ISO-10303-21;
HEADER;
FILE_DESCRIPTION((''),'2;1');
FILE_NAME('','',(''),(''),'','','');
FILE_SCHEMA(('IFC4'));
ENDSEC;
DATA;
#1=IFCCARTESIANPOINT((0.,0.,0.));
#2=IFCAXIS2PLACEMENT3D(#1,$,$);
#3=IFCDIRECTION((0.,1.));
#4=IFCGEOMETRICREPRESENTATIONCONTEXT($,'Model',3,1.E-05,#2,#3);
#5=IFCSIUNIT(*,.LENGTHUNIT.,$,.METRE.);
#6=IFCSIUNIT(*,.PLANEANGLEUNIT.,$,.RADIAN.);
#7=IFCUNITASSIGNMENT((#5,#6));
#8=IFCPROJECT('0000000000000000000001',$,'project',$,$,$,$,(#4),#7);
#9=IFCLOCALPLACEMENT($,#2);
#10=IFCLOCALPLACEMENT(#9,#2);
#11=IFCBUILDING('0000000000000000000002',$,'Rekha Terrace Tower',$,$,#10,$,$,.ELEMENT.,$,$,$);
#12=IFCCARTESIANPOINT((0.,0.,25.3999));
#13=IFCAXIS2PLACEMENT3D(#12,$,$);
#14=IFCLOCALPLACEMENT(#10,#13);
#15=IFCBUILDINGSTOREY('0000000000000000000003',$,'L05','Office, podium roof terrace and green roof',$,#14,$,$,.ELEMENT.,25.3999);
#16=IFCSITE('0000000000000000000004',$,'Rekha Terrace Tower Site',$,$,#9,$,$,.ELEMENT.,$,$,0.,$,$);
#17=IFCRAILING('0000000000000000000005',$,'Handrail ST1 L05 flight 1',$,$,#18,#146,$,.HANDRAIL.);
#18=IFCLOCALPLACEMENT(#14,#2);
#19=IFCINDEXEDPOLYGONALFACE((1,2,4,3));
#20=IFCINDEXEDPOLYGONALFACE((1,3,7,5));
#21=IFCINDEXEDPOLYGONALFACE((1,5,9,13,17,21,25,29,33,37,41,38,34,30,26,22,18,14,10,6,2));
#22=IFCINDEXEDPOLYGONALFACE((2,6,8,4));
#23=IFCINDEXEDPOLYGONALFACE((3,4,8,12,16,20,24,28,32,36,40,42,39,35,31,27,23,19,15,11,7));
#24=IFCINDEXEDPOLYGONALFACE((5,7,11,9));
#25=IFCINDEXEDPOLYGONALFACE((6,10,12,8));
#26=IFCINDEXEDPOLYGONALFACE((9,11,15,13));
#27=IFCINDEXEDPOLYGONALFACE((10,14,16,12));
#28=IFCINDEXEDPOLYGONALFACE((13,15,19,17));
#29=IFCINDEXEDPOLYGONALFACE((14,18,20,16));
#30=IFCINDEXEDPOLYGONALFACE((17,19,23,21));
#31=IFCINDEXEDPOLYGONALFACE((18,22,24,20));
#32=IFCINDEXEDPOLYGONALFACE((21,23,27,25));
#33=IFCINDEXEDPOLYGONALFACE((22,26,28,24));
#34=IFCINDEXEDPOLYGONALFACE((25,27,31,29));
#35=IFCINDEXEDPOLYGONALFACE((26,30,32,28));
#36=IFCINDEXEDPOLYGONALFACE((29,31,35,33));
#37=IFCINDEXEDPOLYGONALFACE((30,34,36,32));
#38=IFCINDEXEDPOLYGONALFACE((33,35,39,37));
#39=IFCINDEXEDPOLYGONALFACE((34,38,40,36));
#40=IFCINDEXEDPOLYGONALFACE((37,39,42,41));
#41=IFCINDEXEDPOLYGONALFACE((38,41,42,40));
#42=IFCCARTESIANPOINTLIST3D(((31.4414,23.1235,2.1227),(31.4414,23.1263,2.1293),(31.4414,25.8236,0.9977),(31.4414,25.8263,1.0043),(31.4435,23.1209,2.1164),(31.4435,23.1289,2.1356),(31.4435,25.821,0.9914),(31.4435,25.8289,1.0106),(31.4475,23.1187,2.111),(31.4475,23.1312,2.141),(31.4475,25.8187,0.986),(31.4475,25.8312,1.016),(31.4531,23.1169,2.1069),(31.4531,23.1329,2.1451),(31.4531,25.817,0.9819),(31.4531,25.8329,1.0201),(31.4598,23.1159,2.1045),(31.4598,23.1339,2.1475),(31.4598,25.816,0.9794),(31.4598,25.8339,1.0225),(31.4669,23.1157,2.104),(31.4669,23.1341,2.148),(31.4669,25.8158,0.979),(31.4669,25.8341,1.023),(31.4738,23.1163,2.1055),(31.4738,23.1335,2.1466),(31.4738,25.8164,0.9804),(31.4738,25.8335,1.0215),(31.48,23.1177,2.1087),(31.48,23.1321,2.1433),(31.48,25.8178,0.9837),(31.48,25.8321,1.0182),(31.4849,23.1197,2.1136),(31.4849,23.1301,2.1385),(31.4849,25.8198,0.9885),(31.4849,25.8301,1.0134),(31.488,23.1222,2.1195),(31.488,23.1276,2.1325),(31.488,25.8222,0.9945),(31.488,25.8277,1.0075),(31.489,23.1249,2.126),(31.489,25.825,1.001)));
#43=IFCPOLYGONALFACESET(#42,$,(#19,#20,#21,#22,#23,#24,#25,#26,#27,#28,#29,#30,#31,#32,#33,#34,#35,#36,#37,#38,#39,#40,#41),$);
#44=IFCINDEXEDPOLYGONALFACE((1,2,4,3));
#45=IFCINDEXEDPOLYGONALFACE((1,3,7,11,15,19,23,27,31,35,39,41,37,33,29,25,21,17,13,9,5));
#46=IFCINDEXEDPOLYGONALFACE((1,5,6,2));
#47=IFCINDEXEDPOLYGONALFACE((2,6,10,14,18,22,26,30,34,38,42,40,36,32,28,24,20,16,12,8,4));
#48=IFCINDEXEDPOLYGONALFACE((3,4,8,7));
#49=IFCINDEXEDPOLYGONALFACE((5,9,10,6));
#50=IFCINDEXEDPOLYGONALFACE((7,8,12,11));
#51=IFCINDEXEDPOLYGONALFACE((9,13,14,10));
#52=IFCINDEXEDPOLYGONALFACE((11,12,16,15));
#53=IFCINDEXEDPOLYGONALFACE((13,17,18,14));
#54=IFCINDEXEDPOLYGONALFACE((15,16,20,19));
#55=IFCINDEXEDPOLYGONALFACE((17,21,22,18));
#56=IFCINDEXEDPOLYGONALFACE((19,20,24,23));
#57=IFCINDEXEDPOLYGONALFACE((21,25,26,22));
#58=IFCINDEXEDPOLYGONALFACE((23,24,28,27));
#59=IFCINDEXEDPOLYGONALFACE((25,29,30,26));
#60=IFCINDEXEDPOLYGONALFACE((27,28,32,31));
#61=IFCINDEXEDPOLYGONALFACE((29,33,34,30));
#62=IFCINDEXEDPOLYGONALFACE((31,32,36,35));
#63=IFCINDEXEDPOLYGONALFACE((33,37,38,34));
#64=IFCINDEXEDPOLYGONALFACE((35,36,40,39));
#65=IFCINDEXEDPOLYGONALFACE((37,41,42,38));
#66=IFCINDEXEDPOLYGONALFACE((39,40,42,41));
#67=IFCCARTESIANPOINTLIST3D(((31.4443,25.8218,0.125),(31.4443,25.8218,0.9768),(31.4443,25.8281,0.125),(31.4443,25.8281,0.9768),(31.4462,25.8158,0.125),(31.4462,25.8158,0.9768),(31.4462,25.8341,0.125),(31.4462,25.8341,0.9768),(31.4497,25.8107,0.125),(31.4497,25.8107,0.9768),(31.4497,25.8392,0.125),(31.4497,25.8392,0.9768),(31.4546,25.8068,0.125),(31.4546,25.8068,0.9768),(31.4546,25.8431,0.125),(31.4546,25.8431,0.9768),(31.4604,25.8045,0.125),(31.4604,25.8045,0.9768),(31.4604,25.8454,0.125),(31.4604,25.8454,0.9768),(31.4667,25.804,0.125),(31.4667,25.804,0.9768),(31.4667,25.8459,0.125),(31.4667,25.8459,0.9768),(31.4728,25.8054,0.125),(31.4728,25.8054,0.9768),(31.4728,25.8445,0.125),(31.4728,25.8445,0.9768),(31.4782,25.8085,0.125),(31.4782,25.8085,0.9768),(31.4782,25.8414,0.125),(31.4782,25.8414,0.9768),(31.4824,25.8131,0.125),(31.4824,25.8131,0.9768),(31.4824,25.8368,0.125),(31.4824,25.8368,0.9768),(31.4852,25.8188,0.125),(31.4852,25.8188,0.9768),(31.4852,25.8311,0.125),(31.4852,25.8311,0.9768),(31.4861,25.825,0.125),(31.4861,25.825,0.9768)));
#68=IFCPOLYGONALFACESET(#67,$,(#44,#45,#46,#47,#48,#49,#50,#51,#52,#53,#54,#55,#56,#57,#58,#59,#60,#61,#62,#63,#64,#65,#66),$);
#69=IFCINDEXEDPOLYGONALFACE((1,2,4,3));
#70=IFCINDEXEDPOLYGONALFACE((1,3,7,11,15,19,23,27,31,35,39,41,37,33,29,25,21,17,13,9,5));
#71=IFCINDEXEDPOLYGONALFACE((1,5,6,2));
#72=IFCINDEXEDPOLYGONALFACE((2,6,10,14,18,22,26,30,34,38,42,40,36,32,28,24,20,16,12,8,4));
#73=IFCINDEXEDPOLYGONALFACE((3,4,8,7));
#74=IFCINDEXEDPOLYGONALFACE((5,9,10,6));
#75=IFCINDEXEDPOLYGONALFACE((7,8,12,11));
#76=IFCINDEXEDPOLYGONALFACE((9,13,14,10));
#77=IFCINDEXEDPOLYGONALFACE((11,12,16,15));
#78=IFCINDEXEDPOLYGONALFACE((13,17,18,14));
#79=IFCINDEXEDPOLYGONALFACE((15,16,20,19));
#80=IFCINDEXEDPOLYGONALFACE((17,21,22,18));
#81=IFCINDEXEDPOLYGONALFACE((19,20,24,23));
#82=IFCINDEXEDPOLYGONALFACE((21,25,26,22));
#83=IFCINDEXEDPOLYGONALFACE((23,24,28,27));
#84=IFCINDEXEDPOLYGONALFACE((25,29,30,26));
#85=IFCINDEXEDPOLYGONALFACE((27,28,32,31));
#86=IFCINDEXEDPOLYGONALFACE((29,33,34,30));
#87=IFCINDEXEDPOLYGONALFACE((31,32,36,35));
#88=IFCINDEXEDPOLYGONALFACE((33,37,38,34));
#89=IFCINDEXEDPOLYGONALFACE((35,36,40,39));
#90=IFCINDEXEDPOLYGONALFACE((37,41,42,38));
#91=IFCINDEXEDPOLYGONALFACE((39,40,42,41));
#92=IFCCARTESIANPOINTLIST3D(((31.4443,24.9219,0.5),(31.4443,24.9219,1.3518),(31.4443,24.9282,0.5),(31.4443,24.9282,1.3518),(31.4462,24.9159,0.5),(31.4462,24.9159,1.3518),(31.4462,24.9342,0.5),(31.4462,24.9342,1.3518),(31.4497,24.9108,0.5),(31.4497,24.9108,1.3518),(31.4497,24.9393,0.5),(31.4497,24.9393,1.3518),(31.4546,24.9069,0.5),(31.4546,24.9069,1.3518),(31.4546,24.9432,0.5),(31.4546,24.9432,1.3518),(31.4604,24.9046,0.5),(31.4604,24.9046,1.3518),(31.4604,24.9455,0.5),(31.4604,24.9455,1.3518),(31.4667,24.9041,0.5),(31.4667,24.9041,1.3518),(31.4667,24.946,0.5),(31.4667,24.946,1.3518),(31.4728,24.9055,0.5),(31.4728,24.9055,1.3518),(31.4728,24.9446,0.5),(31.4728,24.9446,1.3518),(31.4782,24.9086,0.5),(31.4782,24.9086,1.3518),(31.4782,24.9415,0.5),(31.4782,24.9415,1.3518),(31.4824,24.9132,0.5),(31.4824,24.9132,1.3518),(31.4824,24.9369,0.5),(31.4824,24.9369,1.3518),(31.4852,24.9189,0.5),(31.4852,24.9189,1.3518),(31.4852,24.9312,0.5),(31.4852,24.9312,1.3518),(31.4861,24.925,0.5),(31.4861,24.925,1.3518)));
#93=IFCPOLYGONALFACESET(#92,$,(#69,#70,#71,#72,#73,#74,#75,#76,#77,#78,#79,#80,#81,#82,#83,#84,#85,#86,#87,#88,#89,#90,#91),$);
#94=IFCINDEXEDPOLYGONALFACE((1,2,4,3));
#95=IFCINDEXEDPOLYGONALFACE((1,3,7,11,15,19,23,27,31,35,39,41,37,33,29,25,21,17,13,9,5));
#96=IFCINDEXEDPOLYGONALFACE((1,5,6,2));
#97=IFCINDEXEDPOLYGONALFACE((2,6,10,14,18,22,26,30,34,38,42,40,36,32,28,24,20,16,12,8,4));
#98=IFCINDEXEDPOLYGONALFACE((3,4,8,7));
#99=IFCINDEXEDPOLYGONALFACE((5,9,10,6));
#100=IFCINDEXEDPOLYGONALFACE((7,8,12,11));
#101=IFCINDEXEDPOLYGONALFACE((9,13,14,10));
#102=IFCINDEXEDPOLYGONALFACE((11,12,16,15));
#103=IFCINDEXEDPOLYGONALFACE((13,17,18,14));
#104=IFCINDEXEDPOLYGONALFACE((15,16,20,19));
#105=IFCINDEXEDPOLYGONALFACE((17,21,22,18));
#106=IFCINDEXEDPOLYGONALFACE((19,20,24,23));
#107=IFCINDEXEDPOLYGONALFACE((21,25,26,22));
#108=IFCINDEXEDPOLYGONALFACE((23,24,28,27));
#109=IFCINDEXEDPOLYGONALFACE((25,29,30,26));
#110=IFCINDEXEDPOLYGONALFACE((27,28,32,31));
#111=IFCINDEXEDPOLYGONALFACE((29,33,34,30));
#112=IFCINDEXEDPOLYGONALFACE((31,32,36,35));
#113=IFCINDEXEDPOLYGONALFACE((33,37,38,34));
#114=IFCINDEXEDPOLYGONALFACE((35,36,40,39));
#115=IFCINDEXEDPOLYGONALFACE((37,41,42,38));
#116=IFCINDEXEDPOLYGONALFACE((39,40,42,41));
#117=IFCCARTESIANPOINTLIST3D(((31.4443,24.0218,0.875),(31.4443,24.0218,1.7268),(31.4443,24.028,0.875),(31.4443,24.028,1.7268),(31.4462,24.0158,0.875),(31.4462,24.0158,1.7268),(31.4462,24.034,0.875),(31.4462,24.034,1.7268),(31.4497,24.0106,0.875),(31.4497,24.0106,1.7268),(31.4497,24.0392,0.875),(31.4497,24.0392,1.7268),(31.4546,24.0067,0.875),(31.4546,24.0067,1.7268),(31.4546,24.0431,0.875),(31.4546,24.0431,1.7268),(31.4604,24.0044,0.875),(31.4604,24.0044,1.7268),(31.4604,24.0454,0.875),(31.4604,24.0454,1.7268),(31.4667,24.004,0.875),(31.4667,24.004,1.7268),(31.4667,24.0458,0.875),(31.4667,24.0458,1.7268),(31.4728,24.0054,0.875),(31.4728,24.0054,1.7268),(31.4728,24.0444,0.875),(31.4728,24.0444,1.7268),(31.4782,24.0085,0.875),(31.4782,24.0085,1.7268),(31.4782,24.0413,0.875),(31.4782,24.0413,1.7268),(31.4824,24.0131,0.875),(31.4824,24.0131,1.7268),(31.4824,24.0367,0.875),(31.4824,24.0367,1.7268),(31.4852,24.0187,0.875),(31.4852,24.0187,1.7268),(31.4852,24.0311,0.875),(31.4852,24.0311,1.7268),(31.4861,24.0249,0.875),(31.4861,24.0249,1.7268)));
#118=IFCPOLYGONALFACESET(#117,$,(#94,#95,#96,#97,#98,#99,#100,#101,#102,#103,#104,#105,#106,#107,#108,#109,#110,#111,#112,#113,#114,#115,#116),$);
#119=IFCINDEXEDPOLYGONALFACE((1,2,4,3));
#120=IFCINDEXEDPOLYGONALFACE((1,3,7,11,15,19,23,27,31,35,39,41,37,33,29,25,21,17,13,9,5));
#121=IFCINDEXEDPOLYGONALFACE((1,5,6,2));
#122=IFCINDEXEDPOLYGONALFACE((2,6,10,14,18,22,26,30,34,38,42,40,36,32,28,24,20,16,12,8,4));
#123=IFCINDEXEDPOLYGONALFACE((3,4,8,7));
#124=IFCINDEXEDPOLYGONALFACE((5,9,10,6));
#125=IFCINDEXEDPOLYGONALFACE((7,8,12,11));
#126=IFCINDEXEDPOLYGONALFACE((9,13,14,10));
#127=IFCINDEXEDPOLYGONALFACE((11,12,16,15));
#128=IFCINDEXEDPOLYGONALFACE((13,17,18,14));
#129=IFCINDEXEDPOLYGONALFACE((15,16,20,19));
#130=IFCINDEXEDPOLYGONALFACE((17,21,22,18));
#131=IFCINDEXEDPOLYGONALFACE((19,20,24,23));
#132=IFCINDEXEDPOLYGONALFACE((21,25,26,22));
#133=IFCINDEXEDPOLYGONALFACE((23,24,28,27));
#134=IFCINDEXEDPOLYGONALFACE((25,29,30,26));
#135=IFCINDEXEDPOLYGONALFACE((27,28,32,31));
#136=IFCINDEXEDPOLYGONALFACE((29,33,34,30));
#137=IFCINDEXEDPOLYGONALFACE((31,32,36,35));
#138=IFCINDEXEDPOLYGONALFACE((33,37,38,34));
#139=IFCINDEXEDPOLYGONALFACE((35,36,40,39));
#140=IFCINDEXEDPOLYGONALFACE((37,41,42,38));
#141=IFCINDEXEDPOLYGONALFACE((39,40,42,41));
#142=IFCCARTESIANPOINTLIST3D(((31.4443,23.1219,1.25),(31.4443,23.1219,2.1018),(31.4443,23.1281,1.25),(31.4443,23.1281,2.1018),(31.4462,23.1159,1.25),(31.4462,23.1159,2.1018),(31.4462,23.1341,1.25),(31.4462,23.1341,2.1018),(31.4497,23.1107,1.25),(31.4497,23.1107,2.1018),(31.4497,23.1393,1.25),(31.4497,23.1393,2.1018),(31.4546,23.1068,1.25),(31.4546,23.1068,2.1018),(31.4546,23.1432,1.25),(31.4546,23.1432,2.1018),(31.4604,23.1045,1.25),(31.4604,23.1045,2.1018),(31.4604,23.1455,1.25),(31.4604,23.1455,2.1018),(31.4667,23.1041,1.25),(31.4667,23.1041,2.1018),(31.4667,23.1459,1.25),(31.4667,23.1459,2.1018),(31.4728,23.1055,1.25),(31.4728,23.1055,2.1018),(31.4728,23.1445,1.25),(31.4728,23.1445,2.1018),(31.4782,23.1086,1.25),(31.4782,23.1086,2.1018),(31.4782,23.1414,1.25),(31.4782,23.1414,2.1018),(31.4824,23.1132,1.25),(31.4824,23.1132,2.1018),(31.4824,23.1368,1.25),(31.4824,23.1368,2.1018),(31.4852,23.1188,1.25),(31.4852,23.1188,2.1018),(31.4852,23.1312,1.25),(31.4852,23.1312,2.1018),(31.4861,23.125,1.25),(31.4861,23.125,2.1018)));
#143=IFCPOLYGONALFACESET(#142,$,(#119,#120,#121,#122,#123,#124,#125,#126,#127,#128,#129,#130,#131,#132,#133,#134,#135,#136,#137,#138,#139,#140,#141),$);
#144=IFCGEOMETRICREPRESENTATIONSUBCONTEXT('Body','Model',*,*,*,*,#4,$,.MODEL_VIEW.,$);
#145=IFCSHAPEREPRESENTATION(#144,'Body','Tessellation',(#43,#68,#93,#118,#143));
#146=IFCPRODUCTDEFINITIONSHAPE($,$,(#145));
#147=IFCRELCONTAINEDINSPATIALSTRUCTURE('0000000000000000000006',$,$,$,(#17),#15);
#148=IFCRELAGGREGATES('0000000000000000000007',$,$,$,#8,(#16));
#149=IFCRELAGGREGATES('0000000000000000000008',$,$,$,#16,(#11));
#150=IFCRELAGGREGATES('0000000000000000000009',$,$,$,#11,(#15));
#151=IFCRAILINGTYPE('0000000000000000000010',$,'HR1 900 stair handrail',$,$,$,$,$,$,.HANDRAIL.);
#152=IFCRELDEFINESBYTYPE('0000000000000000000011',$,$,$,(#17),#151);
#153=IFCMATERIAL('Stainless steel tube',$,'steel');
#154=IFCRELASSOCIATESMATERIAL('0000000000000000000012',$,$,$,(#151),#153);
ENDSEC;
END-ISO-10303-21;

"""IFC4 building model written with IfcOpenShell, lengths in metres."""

from ifc_helpers import new_model, si_unit, direction, frame, origin, origin_2d, place, context, subcontext, project, spatial, circle, extrude, material, type_object, element, save


model = new_model("IFC4")

# Units and contexts
model_context = context("Model", 3, precision=1e-05, world=origin(), true_north=direction((0.0, 1.0)))
body_context = subcontext(model_context, "Body", "Model", "MODEL_VIEW")
ifc_project = project(units=[si_unit("LENGTHUNIT", "METRE"), si_unit("PLANEANGLEUNIT", "RADIAN")], contexts=[model_context])

# Site, building, storey
site_placement = place(None, origin())
site = spatial("IfcSite", under=ifc_project, at=site_placement, Name="Rekha Terrace Tower Site", CompositionType="ELEMENT", RefElevation=0.0)
building_placement = place(site_placement, origin())
building = spatial("IfcBuilding", under=site, at=building_placement, Name="Rekha Terrace Tower", CompositionType="ELEMENT")
storey_placement = place(building_placement, frame((0.0, 0.0, 25.3999)))
storey = spatial("IfcBuildingStorey", under=building, at=storey_placement, Name="L05", Description="Office, podium roof terrace and green roof", CompositionType="ELEMENT", Elevation=25.3999)

# Railing
ifc_material_1 = material(Name="Stainless steel tube", Category="steel")
railing_type_1 = type_object("IfcRailingType", Name="HR1 900 stair handrail", PredefinedType="HANDRAIL", material=ifc_material_1)
railing_1_placement = place(storey_placement, frame((31.4651, 25.825, 0.125)))
element("IfcRailing", 1, at=railing_1_placement, inside=storey, type_object=railing_type_1, Name="Handrail ST1 L05 flight 1", PredefinedType="HANDRAIL", context=body_context, shape_type="SweptSolid", body=[
    extrude(circle(Radius=0.0239, at=origin_2d()), frame((0.0, 0.0, 0.876), z_axis=(0.0, -0.923074, 0.384621), x_axis=(1.0, 0.0, 0.0)), (0.0, 0.0, 1.0), 2.925),
    extrude(circle(Radius=0.021, at=origin_2d()), origin(), (0.0, 0.0, 1.0), 0.8518),
    extrude(circle(Radius=0.021, at=origin_2d()), frame((0.0, -0.8999, 0.375)), (0.0, 0.0, 1.0), 0.8518),
    extrude(circle(Radius=0.021, at=origin_2d()), frame((0.0, -1.8, 0.75)), (0.0, 0.0, 1.0), 0.8518),
    extrude(circle(Radius=0.021, at=origin_2d()), frame((0.0, -2.7, 1.125)), (0.0, 0.0, 1.0), 0.8518),
])

save(model, "model.ifc")
